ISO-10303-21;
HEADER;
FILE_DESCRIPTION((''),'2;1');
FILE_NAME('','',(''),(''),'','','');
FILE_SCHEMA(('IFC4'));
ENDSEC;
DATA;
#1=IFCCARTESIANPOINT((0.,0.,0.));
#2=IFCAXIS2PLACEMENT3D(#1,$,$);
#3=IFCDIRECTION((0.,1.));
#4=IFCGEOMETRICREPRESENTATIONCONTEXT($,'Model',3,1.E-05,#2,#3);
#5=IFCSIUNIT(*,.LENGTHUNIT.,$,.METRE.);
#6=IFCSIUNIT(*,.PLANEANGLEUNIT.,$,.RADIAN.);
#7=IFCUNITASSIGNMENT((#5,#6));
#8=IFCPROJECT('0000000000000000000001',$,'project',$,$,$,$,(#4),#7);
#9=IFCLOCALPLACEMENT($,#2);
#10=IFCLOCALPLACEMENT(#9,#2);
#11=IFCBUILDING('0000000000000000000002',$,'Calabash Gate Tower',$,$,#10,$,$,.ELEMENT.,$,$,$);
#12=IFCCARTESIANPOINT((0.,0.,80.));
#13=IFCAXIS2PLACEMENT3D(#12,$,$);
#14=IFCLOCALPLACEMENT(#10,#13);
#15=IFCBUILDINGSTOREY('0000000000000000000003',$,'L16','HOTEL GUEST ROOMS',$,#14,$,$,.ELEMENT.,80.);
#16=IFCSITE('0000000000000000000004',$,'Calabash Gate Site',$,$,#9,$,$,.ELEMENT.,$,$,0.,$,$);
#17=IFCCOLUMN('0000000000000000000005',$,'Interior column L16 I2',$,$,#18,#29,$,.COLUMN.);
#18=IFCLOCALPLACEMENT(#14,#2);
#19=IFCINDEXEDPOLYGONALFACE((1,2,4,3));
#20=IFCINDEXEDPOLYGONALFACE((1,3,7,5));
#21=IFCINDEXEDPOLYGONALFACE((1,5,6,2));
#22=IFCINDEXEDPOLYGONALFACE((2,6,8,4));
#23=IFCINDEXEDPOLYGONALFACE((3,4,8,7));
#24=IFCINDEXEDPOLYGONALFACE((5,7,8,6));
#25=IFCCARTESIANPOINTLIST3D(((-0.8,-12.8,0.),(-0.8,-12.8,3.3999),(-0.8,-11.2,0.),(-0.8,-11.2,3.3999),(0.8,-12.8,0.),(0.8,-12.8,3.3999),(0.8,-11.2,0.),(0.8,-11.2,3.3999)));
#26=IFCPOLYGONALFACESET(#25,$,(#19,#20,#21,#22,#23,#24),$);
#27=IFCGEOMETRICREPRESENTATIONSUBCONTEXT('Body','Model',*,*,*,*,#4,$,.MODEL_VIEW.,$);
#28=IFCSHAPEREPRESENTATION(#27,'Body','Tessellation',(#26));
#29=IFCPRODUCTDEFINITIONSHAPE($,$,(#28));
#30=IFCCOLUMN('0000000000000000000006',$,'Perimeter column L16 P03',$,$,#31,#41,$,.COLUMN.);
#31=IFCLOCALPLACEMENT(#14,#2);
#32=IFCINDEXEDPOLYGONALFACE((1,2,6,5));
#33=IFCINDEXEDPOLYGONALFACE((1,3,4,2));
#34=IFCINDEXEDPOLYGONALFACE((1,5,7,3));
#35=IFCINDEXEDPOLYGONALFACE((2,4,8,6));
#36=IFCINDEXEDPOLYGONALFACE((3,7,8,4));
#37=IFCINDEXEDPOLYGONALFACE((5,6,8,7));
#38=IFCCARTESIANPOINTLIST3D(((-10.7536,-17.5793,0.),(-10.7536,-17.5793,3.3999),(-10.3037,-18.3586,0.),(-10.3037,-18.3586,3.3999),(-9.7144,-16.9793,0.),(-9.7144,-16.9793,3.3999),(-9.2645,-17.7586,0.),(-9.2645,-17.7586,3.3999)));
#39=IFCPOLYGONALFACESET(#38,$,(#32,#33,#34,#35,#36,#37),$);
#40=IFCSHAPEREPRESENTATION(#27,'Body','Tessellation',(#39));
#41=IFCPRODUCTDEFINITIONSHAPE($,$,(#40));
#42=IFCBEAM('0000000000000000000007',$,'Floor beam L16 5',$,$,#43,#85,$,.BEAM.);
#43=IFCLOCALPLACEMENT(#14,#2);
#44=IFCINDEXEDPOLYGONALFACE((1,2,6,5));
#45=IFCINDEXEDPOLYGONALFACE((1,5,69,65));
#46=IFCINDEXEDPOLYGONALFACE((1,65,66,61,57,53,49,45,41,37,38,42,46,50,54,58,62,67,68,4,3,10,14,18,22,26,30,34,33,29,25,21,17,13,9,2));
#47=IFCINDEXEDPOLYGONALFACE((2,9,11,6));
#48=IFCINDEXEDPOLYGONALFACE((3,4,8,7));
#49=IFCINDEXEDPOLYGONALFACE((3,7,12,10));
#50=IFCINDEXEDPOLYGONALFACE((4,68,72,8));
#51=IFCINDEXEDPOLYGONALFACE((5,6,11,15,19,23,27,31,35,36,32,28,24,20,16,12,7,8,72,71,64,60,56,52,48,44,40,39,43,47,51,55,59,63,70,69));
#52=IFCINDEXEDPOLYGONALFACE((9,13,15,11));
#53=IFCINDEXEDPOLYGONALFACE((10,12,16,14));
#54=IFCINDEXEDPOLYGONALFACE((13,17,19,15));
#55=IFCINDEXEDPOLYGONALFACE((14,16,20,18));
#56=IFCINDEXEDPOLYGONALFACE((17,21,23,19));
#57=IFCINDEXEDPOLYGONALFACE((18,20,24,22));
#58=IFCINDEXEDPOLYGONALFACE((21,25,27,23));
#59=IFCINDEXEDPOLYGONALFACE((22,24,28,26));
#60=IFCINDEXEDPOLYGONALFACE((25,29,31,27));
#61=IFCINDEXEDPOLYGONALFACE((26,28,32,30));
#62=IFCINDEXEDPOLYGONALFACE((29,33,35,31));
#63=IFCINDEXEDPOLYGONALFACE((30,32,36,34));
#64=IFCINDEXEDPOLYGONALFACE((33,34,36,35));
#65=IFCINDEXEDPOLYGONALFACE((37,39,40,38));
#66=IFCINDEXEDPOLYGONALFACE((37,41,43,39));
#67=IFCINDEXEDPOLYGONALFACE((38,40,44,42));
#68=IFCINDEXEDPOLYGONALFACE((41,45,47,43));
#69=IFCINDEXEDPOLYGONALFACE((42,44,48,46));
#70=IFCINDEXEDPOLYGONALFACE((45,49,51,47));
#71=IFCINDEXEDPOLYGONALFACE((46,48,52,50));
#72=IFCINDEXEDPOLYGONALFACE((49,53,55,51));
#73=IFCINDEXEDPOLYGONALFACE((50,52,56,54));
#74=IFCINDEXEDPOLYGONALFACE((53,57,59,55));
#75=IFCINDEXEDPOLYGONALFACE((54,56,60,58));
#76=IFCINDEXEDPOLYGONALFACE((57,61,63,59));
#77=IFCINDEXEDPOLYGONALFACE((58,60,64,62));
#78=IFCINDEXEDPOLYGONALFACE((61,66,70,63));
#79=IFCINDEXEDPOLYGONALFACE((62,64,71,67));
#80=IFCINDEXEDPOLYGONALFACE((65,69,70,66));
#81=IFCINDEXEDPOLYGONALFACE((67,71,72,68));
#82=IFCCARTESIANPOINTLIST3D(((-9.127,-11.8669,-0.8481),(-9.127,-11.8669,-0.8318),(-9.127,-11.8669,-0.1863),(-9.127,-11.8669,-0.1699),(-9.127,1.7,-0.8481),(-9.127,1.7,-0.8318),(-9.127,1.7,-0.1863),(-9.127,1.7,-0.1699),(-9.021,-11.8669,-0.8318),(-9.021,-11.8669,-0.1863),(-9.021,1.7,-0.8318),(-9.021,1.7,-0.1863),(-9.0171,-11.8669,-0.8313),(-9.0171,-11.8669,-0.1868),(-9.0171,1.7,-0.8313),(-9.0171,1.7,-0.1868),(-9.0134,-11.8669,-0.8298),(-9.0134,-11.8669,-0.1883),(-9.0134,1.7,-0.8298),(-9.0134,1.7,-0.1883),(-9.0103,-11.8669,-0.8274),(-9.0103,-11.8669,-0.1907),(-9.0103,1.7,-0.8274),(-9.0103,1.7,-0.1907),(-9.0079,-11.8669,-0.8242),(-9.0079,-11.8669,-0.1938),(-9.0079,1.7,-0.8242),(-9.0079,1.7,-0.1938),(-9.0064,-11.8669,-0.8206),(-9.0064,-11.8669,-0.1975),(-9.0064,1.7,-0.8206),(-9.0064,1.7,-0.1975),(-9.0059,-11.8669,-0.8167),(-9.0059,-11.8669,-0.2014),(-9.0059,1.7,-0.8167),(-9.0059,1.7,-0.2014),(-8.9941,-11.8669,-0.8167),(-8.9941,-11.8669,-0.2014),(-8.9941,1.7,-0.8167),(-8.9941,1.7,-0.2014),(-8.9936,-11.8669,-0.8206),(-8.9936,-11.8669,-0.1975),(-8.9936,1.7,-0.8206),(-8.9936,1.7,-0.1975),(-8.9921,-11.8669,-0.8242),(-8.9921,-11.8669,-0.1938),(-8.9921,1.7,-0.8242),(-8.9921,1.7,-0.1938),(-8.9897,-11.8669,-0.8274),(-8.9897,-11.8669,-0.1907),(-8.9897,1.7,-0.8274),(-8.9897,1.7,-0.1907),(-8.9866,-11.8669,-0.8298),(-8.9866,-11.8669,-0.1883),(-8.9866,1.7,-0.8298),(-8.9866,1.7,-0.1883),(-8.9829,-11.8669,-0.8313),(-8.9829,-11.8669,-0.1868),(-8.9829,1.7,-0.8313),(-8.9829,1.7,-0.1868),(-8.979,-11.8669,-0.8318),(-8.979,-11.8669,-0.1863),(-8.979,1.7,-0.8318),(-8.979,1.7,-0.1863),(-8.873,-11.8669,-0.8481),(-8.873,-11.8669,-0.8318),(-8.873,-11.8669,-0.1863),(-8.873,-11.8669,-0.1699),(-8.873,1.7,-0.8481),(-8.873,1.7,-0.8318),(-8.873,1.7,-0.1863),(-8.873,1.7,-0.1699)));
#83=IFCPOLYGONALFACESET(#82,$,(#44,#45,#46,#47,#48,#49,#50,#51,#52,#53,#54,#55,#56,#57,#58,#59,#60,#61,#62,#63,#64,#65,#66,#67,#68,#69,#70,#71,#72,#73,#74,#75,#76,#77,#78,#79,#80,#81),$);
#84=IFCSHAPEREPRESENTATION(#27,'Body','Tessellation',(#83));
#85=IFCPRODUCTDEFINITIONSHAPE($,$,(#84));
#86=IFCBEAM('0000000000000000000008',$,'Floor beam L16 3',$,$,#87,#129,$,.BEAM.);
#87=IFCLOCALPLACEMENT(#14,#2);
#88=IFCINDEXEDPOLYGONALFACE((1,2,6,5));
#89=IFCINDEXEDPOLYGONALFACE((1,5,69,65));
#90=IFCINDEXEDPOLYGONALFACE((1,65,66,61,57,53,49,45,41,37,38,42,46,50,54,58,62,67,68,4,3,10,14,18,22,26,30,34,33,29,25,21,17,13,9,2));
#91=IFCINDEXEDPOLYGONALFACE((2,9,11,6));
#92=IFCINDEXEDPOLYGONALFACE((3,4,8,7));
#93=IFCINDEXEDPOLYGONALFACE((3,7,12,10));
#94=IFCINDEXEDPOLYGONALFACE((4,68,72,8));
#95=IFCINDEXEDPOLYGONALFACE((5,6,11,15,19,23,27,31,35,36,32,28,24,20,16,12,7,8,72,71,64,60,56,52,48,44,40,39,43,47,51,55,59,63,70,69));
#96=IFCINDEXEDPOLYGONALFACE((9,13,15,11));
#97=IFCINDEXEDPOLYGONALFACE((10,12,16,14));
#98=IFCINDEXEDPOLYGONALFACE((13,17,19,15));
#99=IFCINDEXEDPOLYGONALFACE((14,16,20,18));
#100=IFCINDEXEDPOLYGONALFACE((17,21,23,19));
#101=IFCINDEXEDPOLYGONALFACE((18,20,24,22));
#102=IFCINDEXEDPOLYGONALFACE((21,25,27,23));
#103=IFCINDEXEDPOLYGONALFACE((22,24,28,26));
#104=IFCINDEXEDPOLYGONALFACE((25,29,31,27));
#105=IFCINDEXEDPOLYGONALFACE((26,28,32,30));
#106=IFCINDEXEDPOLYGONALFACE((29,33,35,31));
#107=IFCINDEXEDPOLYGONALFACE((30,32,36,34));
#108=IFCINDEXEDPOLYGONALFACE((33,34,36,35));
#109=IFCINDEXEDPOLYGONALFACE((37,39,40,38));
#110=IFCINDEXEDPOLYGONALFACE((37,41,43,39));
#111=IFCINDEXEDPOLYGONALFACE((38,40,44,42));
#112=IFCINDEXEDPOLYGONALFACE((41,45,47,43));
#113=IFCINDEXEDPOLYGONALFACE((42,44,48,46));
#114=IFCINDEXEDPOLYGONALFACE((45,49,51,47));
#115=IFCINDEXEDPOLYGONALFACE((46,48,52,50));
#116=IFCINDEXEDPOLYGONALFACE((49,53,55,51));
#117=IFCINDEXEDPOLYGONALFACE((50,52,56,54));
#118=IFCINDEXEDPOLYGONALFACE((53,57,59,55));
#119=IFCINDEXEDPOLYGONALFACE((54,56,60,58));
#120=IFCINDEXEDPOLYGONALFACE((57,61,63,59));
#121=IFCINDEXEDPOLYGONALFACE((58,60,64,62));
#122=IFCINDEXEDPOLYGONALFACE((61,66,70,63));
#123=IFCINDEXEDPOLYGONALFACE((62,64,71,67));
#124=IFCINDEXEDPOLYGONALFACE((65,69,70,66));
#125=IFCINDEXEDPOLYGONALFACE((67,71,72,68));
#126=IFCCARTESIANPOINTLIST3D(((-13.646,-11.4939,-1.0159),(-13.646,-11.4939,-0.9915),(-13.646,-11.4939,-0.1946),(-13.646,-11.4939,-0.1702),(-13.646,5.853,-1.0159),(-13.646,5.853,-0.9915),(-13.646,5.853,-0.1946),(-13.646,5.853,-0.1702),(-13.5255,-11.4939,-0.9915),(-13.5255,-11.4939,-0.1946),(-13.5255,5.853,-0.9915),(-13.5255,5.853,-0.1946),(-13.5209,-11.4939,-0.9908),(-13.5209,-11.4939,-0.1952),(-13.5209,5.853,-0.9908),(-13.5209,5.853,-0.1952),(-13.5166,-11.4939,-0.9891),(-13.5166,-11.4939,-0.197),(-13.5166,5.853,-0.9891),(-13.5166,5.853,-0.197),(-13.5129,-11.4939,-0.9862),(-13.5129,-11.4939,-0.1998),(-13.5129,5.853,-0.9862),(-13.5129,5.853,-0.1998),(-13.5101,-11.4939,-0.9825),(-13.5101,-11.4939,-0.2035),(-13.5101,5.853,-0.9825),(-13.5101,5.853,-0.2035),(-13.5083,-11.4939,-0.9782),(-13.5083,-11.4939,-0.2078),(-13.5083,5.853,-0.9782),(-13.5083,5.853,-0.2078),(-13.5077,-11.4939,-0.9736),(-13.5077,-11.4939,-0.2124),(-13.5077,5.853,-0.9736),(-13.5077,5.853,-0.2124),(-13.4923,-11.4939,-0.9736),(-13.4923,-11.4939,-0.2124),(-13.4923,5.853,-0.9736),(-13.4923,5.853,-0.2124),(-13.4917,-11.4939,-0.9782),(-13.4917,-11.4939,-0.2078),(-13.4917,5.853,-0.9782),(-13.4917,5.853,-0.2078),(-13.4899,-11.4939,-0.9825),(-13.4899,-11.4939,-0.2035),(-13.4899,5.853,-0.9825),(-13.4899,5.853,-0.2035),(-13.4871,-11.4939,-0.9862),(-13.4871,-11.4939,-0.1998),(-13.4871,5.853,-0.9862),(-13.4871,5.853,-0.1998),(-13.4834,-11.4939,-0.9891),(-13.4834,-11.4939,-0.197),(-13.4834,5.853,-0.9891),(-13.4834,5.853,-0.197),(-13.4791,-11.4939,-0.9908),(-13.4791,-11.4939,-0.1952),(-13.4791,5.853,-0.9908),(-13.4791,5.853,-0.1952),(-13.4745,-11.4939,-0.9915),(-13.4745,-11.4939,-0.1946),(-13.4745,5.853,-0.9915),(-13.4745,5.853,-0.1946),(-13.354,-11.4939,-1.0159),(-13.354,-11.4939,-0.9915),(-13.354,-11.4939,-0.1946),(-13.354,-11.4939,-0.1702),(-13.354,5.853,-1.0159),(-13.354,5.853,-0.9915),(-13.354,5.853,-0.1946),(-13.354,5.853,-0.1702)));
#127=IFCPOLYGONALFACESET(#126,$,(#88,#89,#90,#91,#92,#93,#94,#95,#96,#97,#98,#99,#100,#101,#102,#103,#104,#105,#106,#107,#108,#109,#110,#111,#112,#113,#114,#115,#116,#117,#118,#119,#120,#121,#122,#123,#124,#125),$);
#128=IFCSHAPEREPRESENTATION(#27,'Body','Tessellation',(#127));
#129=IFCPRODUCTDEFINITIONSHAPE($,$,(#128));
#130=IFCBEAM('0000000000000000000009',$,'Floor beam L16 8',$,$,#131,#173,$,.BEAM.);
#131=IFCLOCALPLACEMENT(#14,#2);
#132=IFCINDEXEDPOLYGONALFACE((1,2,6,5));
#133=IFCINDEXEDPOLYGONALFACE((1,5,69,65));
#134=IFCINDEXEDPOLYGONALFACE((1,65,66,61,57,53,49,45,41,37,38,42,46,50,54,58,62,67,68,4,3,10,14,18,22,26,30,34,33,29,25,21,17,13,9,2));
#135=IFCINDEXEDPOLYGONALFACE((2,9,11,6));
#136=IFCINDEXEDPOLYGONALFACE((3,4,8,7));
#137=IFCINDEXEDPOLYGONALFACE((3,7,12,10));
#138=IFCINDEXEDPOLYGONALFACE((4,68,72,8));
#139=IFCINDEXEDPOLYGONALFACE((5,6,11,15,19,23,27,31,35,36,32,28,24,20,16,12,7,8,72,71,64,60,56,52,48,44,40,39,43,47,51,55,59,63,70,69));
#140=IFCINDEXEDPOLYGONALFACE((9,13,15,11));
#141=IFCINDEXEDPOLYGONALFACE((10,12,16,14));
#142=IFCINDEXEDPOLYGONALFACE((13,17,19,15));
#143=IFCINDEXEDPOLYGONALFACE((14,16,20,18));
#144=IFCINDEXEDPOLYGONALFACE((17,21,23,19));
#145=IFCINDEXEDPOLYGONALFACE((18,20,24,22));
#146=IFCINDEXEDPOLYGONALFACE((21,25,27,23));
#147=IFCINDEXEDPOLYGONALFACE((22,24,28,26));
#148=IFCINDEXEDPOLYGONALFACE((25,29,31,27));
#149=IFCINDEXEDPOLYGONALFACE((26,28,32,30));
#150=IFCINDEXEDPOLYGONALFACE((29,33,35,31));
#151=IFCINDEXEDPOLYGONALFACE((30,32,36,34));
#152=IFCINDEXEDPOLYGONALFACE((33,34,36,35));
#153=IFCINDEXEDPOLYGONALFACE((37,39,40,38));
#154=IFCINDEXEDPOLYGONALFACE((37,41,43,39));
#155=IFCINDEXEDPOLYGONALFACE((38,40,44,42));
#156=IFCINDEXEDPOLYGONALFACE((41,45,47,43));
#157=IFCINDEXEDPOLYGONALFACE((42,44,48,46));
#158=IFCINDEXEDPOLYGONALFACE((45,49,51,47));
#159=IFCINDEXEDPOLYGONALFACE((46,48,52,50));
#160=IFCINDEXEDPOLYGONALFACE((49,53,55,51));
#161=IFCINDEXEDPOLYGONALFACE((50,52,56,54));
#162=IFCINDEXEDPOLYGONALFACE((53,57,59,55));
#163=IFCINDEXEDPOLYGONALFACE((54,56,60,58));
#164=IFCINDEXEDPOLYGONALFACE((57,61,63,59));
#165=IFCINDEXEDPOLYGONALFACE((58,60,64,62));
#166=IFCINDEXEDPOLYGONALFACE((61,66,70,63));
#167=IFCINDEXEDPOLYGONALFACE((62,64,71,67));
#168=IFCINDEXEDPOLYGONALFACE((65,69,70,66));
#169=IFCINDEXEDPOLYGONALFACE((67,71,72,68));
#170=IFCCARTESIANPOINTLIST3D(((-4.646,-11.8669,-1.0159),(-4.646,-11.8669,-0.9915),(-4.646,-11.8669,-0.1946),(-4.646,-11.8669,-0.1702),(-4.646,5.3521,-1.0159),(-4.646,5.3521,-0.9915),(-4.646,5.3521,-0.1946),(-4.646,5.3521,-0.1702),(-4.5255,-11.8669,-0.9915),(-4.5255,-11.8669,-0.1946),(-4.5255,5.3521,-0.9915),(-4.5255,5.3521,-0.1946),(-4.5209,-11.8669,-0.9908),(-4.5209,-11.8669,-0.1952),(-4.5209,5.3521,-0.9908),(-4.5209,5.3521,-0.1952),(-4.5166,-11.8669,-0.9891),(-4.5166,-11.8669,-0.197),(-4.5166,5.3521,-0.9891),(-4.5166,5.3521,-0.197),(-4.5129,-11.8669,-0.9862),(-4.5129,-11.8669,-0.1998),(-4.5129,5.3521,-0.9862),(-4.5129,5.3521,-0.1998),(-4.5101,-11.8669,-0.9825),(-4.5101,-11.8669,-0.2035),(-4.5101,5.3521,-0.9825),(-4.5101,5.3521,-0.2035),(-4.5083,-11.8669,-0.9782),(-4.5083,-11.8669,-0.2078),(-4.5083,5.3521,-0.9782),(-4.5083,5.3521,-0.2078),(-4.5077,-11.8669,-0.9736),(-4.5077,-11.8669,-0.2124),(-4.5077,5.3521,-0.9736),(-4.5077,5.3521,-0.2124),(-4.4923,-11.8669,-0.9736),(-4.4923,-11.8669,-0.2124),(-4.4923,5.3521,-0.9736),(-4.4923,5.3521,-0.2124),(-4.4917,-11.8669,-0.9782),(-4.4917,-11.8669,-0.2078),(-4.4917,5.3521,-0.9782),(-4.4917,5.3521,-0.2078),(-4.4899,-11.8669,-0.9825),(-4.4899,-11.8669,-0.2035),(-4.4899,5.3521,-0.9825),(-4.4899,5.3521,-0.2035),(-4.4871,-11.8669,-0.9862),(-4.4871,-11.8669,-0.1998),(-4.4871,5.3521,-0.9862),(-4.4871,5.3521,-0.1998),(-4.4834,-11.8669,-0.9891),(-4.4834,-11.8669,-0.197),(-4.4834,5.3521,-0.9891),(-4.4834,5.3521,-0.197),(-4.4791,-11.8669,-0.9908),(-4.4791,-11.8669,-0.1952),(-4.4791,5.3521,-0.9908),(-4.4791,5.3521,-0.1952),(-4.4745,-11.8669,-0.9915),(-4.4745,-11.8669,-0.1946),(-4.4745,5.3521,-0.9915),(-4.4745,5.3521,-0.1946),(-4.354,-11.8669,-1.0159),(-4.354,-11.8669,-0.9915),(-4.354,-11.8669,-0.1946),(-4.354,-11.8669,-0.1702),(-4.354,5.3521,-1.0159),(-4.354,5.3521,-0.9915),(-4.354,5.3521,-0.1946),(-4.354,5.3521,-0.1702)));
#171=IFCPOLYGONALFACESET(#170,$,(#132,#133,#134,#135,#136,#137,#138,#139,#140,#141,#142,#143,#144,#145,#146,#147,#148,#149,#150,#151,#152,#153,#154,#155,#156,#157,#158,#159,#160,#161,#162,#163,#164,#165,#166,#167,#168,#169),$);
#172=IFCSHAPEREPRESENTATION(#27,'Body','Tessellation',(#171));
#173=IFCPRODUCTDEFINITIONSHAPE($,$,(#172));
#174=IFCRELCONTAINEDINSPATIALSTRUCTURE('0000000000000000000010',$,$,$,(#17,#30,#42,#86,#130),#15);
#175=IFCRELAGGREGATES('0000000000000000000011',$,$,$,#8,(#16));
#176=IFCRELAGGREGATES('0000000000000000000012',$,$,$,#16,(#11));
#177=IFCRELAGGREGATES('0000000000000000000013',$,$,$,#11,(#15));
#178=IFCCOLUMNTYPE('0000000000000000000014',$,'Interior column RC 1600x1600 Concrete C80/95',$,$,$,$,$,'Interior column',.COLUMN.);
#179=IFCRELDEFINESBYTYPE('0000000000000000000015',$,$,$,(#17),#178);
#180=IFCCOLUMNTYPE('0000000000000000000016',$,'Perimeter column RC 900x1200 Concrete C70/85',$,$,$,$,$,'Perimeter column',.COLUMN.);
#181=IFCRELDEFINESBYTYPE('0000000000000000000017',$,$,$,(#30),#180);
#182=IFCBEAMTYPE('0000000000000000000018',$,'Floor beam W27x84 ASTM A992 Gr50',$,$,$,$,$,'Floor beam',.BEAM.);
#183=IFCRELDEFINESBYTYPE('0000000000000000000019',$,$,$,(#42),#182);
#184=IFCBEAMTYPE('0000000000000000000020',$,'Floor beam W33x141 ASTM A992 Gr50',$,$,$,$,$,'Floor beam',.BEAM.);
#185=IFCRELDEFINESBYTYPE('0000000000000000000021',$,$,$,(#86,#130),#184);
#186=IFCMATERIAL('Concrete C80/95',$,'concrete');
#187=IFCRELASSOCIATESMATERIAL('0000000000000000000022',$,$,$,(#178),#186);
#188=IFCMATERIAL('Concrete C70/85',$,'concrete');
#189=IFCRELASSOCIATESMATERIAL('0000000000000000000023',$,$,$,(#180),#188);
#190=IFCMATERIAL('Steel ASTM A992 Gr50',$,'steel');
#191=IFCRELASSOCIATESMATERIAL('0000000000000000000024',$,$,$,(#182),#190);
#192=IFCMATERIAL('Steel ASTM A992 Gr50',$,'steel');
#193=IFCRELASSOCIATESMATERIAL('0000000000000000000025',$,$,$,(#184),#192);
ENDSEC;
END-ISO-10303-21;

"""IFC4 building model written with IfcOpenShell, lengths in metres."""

from ifc_helpers import new_model, si_unit, direction, frame, origin, origin_2d, place, context, subcontext, project, spatial, rectangle, i_section, extrude, material, material_profile, profile_set, type_object, element, save


model = new_model("IFC4")

# Units and contexts
model_context = context("Model", 3, precision=1e-05, world=origin(), true_north=direction((0.0, 1.0)))
body_context = subcontext(model_context, "Body", "Model", "MODEL_VIEW")
ifc_project = project(units=[si_unit("LENGTHUNIT", "METRE"), si_unit("PLANEANGLEUNIT", "RADIAN")], contexts=[model_context])

# Site, building, storey
site_placement = place(None, origin())
site = spatial("IfcSite", under=ifc_project, at=site_placement, Name="Calabash Gate Site", CompositionType="ELEMENT", RefElevation=0.0)
building_placement = place(site_placement, origin())
building = spatial("IfcBuilding", under=site, at=building_placement, Name="Calabash Gate Tower", CompositionType="ELEMENT")
storey_placement = place(building_placement, frame((0.0, 0.0, 80.0)))
storey = spatial("IfcBuildingStorey", under=building, at=storey_placement, Name="L16", Description="HOTEL GUEST ROOMS", CompositionType="ELEMENT", Elevation=80.0)

# Columns
ifc_material_1 = material(Name="Concrete C80/95", Category="concrete")
ifc_material_profile_1 = material_profile(ifc_material_1, rectangle(XDim=1.6001, YDim=1.6001, at=origin_2d()))
ifc_profile_set_1 = profile_set([ifc_material_profile_1], Name="Concrete C80/95")
column_type_1 = type_object("IfcColumnType", Name="Interior column RC 1600x1600 Concrete C80/95", ElementType="Interior column", PredefinedType="COLUMN", material=ifc_profile_set_1)
column_1_placement = place(storey_placement, frame((0.0, -12.0, 0.0), z_axis=(0.0, 0.0, 1.0), x_axis=(1.0, 0.0, 0.0)))
element("IfcColumn", 1, at=column_1_placement, inside=storey, type_object=column_type_1, Name="Interior column L16 I2", PredefinedType="COLUMN", context=body_context, shape_type="SweptSolid", body=[
    extrude(rectangle(XDim=1.6001, YDim=1.6001, at=origin_2d()), origin(), (0.0, 0.0, 1.0), 3.3999),
])
ifc_material_2 = material(Name="Concrete C70/85", Category="concrete")
ifc_material_profile_2 = material_profile(ifc_material_2, rectangle(XDim=0.8999, YDim=1.2, at=origin_2d()))
ifc_profile_set_2 = profile_set([ifc_material_profile_2], Name="Concrete C70/85")
column_type_2 = type_object("IfcColumnType", Name="Perimeter column RC 900x1200 Concrete C70/85", ElementType="Perimeter column", PredefinedType="COLUMN", material=ifc_profile_set_2)
column_2_placement = place(storey_placement, frame((-10.009, -17.6689, 0.0), z_axis=(0.0, 0.0, 1.0), x_axis=(0.5, -0.866025, 0.0)))
element("IfcColumn", 2, at=column_2_placement, inside=storey, type_object=column_type_2, Name="Perimeter column L16 P03", PredefinedType="COLUMN", context=body_context, shape_type="SweptSolid", body=[
    extrude(rectangle(XDim=0.8999, YDim=1.2, at=origin_2d()), origin(), (0.0, 0.0, 1.0), 3.3999),
])

# Beams
ifc_material_3 = material(Name="Steel ASTM A992 Gr50", Category="steel")
ifc_material_profile_3 = material_profile(ifc_material_3, i_section(OverallWidth=0.2539, OverallDepth=0.6782, WebThickness=0.0117, FlangeThickness=0.0164, FilletRadius=0.0151, at=origin_2d()))
ifc_profile_set_3 = profile_set([ifc_material_profile_3], Name="Steel ASTM A992 Gr50")
beam_type_1 = type_object("IfcBeamType", Name="Floor beam W27x84 ASTM A992 Gr50", ElementType="Floor beam", PredefinedType="BEAM", material=ifc_profile_set_3)
beam_1_placement = place(storey_placement, frame((-9.0, -11.8669, -0.509), z_axis=(0.0, 1.0, 0.0), x_axis=(-1.0, 0.0, 0.0)))
element("IfcBeam", 3, at=beam_1_placement, inside=storey, type_object=beam_type_1, Name="Floor beam L16 5", PredefinedType="BEAM", context=body_context, shape_type="SweptSolid", body=[
    extrude(i_section(OverallWidth=0.2539, OverallDepth=0.6782, WebThickness=0.0117, FlangeThickness=0.0164, FilletRadius=0.0151, at=origin_2d()), origin(), (0.0, 0.0, 1.0), 13.5669),
])
ifc_material_4 = material(Name="Steel ASTM A992 Gr50", Category="steel")
ifc_material_profile_4 = material_profile(ifc_material_4, i_section(OverallWidth=0.292, OverallDepth=0.8457, WebThickness=0.0154, FlangeThickness=0.0244, FilletRadius=0.0178, at=origin_2d()))
ifc_profile_set_4 = profile_set([ifc_material_profile_4], Name="Steel ASTM A992 Gr50")
beam_type_2 = type_object("IfcBeamType", Name="Floor beam W33x141 ASTM A992 Gr50", ElementType="Floor beam", PredefinedType="BEAM", material=ifc_profile_set_4)
beam_2_placement = place(storey_placement, frame((-13.5, -11.4939, -0.593), z_axis=(0.0, 1.0, 0.0), x_axis=(-1.0, 0.0, 0.0)))
element("IfcBeam", 4, at=beam_2_placement, inside=storey, type_object=beam_type_2, Name="Floor beam L16 3", PredefinedType="BEAM", context=body_context, shape_type="SweptSolid", body=[
    extrude(i_section(OverallWidth=0.292, OverallDepth=0.8457, WebThickness=0.0154, FlangeThickness=0.0244, FilletRadius=0.0178, at=origin_2d()), origin(), (0.0, 0.0, 1.0), 17.3469),
])
beam_3_placement = place(storey_placement, frame((-4.5, -11.8669, -0.593), z_axis=(0.0, 1.0, 0.0), x_axis=(-1.0, 0.0, 0.0)))
element("IfcBeam", 5, at=beam_3_placement, inside=storey, type_object=beam_type_2, Name="Floor beam L16 8", PredefinedType="BEAM", context=body_context, shape_type="SweptSolid", body=[
    extrude(i_section(OverallWidth=0.292, OverallDepth=0.8457, WebThickness=0.0154, FlangeThickness=0.0244, FilletRadius=0.0178, at=origin_2d()), origin(), (0.0, 0.0, 1.0), 17.219),
])

save(model, "model.ifc")
